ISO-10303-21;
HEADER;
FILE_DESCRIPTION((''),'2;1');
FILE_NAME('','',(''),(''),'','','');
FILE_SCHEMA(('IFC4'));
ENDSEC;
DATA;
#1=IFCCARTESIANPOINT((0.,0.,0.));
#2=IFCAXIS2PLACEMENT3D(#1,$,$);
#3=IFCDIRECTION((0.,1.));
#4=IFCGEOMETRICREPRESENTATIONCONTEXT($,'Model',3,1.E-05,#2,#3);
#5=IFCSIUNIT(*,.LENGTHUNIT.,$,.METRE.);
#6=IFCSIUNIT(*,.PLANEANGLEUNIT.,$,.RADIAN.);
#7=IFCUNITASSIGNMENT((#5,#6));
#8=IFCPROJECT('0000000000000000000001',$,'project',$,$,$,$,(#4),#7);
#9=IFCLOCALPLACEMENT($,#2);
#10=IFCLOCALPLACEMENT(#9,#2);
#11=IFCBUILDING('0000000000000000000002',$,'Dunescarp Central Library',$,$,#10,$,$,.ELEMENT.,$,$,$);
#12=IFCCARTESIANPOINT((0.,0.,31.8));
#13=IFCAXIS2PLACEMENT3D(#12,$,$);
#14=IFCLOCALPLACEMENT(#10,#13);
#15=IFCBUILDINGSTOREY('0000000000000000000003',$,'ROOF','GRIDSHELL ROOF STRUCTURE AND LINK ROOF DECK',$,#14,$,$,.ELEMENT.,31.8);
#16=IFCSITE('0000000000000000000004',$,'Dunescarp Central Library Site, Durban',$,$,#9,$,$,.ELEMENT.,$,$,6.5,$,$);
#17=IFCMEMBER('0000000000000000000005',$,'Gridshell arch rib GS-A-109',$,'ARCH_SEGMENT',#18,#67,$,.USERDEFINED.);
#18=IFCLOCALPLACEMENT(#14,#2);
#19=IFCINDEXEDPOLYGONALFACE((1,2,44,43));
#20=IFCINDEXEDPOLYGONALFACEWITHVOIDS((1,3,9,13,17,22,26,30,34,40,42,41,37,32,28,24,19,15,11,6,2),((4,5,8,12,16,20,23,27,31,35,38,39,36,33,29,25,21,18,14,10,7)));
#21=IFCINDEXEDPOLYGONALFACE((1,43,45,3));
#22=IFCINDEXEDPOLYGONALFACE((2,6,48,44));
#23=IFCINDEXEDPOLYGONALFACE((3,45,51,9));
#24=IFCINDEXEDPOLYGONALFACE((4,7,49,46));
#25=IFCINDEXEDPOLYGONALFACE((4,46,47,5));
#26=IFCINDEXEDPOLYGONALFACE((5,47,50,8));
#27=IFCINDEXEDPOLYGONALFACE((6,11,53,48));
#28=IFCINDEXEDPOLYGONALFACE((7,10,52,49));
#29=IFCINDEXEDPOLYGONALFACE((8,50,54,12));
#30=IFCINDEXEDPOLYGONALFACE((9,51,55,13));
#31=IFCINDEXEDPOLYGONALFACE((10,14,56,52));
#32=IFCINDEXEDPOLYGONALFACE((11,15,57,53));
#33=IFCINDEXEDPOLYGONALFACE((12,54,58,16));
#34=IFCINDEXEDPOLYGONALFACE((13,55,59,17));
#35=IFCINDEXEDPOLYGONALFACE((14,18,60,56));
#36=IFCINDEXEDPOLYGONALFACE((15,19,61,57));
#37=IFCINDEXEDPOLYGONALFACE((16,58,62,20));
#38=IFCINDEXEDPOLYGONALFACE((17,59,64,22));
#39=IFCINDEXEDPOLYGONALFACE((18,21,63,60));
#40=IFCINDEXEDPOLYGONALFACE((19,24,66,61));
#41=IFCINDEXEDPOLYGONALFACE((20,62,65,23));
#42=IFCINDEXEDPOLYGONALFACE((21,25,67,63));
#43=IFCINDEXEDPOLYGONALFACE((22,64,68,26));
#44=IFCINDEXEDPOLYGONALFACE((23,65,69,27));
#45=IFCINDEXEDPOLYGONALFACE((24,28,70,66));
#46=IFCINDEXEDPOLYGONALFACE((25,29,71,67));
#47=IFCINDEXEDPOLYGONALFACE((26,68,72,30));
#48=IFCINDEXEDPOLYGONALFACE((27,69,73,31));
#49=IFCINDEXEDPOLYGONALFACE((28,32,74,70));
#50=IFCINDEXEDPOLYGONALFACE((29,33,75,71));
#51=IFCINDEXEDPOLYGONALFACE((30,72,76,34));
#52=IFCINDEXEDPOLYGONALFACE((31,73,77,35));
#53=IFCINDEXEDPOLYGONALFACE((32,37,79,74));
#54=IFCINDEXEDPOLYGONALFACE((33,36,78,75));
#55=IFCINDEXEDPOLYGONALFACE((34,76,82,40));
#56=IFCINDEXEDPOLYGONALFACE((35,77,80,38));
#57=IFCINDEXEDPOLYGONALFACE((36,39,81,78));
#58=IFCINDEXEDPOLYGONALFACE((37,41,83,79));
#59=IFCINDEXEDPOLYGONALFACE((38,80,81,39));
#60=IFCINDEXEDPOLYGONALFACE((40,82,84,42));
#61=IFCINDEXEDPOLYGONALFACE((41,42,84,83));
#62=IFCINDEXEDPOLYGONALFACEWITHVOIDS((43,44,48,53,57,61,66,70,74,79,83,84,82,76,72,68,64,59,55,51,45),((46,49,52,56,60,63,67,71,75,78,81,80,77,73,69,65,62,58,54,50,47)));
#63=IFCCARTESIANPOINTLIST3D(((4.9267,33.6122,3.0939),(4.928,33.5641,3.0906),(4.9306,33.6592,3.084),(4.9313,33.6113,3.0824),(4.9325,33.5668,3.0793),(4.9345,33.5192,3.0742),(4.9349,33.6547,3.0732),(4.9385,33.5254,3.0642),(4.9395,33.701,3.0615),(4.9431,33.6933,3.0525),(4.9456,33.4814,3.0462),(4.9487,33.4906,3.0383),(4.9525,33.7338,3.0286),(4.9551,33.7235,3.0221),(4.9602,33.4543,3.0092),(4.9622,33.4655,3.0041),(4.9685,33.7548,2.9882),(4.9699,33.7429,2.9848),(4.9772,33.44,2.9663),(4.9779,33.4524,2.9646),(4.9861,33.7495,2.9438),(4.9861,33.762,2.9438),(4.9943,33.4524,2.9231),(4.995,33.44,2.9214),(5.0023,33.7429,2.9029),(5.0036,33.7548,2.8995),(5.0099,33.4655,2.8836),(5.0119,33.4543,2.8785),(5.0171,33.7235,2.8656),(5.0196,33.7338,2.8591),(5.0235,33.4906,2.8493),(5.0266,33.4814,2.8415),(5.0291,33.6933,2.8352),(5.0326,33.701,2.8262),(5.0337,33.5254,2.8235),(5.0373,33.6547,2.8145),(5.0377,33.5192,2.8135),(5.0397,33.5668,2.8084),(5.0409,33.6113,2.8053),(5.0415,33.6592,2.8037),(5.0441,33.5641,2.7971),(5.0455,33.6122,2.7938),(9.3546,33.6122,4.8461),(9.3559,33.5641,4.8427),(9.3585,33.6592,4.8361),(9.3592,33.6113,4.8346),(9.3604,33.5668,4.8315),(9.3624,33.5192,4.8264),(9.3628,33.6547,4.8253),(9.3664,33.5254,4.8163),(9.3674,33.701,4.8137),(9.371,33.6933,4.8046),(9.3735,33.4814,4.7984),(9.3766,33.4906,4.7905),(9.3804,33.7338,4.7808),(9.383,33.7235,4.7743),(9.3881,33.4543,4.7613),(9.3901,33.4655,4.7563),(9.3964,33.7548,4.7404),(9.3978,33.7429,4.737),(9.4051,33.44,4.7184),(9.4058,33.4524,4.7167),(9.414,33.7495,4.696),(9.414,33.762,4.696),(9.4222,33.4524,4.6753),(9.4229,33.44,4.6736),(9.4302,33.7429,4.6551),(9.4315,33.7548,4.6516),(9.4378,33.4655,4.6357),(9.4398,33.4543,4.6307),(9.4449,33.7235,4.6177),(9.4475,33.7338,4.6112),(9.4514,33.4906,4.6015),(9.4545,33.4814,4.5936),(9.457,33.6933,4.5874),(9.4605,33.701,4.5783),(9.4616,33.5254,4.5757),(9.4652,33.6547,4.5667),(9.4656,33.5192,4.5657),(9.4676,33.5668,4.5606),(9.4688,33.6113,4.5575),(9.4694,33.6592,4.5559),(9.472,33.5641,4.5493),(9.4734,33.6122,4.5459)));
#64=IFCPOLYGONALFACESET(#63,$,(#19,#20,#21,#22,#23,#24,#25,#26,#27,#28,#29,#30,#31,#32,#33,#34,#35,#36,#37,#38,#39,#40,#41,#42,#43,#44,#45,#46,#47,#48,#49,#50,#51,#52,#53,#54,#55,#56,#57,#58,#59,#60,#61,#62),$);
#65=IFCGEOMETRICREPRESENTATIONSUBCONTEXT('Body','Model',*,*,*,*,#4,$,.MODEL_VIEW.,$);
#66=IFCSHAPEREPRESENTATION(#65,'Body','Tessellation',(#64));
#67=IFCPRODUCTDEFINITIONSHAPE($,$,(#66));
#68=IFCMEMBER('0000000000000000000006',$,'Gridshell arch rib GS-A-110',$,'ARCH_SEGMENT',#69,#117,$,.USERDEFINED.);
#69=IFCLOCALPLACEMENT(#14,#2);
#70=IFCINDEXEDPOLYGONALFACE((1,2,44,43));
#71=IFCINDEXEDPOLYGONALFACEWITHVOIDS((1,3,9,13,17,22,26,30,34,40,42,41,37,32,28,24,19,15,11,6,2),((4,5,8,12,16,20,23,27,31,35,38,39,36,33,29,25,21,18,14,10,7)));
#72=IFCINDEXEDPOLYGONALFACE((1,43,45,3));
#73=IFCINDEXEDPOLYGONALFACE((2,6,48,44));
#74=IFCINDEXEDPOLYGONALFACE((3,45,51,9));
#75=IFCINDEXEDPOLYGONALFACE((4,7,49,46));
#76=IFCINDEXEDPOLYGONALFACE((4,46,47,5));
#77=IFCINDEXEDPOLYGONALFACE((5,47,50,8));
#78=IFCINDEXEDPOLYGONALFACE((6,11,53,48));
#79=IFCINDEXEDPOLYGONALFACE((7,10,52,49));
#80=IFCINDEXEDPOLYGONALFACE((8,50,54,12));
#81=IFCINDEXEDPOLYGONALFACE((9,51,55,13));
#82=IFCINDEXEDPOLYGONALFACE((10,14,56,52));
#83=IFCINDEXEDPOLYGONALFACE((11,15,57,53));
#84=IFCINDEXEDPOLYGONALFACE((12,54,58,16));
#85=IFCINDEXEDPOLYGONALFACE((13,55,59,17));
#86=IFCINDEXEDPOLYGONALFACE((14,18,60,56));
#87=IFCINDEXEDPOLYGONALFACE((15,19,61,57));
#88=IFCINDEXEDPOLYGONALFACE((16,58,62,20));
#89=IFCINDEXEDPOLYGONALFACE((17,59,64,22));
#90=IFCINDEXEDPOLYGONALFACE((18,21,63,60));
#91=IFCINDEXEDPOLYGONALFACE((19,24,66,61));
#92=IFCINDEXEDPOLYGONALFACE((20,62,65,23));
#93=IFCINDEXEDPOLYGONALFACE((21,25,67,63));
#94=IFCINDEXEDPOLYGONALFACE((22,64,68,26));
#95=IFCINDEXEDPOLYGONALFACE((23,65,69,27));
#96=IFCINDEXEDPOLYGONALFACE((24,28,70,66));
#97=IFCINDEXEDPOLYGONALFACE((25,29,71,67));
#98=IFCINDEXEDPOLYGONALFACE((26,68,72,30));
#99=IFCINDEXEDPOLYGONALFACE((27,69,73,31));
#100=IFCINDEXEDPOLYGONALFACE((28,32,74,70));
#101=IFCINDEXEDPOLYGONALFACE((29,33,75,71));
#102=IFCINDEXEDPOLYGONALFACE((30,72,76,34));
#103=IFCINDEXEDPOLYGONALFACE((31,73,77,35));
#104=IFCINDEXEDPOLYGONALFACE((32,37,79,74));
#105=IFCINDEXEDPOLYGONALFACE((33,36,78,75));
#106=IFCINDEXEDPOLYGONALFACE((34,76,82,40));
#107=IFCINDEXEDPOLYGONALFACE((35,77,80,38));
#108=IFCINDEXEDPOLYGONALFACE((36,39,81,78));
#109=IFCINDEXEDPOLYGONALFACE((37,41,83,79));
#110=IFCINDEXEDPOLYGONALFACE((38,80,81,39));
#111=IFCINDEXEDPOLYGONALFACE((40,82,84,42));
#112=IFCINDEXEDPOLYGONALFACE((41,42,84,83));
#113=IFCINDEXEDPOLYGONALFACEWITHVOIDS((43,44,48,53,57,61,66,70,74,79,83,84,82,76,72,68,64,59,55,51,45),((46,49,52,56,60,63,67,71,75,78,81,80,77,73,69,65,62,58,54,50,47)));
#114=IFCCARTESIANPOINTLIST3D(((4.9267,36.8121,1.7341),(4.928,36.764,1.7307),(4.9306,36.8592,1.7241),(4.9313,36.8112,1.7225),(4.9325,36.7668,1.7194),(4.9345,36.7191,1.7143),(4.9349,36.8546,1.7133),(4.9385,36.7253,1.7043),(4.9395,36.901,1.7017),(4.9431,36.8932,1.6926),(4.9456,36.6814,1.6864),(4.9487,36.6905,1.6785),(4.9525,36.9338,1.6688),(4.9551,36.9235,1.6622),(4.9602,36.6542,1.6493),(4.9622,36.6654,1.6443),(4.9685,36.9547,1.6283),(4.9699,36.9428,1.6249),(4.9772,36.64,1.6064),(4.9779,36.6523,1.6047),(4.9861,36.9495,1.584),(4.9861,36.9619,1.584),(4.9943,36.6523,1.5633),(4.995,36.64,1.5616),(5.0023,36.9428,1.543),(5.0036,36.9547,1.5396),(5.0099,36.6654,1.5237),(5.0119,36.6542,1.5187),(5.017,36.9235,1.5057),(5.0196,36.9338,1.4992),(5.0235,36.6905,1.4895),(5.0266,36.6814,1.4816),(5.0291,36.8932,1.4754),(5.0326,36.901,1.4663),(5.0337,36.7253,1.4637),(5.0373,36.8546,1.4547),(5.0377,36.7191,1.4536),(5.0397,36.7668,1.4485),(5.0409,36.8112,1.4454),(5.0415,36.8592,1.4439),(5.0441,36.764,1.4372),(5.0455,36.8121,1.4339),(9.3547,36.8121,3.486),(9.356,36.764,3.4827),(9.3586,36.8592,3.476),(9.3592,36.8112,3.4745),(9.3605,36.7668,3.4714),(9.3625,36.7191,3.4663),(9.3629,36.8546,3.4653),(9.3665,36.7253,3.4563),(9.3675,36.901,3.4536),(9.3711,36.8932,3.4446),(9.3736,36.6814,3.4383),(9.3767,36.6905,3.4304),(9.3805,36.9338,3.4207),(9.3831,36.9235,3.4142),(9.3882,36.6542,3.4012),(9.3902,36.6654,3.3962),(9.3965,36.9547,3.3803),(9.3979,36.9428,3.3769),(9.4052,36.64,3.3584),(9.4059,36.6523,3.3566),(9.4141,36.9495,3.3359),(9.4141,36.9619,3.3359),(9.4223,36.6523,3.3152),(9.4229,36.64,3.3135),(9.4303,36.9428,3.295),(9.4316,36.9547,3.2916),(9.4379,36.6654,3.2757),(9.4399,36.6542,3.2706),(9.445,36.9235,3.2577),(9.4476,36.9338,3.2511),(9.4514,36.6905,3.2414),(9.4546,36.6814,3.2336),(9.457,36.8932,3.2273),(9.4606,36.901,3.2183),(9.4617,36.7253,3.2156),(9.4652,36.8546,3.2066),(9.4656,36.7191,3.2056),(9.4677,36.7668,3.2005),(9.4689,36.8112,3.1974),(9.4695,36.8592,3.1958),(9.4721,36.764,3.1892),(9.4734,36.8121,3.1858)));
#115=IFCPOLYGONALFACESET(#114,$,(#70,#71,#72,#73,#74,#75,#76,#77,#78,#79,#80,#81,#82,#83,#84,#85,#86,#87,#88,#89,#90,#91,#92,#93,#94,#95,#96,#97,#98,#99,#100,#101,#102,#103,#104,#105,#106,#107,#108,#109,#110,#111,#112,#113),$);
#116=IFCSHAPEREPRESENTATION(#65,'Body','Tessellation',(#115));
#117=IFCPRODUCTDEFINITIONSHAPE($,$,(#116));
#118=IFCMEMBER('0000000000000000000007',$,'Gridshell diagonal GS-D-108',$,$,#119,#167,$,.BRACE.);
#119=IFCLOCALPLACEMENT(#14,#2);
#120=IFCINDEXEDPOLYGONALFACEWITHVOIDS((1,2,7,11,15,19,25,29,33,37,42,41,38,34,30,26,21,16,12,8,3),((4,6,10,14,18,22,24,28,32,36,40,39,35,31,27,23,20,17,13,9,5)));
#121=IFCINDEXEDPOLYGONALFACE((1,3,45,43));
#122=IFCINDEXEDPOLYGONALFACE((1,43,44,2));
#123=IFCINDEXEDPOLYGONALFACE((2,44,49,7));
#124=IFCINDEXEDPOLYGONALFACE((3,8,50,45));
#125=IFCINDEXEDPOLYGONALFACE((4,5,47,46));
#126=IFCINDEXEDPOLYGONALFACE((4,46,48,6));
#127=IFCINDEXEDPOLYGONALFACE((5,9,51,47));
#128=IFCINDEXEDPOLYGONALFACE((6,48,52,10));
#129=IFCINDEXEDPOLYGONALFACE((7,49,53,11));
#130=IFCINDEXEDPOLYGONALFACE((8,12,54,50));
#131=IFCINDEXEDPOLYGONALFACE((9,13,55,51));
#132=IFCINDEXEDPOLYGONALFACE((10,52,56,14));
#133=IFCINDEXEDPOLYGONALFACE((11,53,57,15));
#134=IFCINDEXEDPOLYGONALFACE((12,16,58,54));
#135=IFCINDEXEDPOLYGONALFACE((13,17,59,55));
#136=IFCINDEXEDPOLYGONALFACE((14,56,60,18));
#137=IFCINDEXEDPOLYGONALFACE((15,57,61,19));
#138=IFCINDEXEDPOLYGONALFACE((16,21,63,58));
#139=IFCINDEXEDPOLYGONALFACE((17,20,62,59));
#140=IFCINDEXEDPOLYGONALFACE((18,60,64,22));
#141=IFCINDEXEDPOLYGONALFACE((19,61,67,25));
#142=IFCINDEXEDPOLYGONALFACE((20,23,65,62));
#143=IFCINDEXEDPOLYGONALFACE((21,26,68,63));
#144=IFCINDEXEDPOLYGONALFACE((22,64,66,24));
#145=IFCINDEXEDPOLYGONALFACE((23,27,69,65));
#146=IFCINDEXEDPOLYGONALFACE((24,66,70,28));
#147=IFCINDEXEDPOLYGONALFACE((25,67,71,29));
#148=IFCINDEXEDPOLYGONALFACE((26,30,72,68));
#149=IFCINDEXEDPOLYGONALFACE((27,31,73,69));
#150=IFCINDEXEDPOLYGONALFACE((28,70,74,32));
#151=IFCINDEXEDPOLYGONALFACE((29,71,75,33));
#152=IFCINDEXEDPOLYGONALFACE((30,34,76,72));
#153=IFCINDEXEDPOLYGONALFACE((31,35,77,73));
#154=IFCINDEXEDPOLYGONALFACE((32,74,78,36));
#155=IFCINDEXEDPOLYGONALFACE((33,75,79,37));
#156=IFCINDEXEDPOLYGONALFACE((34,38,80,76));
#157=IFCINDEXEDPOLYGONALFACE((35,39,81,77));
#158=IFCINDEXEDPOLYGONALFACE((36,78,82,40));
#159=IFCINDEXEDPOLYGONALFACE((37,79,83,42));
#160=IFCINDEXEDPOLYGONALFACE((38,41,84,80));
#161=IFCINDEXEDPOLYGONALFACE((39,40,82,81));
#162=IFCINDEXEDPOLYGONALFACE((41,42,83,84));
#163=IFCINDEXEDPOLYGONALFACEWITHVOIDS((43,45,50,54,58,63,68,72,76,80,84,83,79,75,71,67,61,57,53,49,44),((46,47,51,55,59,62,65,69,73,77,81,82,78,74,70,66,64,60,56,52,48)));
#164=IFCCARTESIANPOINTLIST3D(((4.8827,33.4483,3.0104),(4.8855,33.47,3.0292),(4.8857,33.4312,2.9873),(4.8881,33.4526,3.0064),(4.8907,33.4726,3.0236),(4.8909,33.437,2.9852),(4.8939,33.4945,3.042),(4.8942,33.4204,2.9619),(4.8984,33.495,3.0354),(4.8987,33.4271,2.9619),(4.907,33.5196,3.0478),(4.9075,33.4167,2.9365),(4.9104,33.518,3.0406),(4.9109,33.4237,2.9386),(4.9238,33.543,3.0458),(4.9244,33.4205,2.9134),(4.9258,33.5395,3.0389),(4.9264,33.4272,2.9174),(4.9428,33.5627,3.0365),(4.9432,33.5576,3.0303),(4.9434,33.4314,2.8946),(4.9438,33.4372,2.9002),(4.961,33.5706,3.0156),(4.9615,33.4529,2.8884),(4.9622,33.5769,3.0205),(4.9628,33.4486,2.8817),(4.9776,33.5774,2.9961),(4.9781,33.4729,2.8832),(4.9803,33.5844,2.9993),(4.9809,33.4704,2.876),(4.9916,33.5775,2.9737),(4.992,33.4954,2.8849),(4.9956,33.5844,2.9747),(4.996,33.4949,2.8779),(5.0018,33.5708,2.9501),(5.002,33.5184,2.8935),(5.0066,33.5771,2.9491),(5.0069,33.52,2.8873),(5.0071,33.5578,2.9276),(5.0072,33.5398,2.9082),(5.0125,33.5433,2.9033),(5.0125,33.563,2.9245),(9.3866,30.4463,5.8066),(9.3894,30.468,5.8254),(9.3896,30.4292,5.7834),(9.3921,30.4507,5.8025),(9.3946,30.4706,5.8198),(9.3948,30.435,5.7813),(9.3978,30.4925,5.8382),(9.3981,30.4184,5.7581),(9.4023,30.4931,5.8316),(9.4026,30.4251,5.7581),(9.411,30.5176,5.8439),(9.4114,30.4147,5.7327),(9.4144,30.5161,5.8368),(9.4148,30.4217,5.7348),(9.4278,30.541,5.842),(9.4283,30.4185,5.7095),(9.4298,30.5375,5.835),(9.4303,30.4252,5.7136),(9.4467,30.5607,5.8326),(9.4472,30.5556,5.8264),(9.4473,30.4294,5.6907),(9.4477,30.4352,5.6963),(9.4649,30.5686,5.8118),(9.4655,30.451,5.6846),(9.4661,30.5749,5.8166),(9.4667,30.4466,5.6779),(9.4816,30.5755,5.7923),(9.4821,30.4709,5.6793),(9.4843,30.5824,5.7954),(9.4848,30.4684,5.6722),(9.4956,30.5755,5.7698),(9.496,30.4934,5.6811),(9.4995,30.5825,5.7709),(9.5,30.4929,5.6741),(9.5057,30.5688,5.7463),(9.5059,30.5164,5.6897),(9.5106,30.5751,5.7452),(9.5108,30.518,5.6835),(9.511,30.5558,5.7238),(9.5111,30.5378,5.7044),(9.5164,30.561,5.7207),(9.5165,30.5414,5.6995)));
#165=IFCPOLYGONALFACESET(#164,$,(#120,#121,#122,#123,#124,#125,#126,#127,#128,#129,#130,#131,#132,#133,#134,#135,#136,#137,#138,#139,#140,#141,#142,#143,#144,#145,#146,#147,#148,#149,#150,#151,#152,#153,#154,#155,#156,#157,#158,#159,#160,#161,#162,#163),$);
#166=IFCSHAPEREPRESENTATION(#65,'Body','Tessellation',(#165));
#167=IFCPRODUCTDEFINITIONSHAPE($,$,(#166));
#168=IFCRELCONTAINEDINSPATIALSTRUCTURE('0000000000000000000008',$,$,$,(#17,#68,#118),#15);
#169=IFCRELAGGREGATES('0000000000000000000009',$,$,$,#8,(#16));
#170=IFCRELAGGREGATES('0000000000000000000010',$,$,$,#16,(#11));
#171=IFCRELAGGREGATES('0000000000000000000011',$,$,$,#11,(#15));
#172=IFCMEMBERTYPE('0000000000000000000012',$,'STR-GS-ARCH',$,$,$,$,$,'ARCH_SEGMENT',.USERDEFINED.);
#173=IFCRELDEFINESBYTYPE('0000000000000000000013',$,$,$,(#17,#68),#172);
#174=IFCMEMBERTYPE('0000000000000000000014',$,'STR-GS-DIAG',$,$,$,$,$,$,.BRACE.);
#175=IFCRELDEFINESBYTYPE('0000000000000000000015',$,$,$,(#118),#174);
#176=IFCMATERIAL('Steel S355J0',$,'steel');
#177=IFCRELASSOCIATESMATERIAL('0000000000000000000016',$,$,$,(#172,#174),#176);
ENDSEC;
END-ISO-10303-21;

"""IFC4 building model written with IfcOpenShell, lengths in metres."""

from ifc_helpers import new_model, si_unit, direction, frame, origin, origin_2d, place, context, subcontext, project, spatial, hollow_circle, extrude, material, material_profile, profile_set, type_object, element, save


model = new_model("IFC4")

# Units and contexts
model_context = context("Model", 3, precision=1e-05, world=origin(), true_north=direction((0.0, 1.0)))
body_context = subcontext(model_context, "Body", "Model", "MODEL_VIEW")
ifc_project = project(units=[si_unit("LENGTHUNIT", "METRE"), si_unit("PLANEANGLEUNIT", "RADIAN")], contexts=[model_context])

# Site, building, storey
site_placement = place(None, origin())
site = spatial("IfcSite", under=ifc_project, at=site_placement, Name="Dunescarp Central Library Site, Durban", CompositionType="ELEMENT", RefElevation=6.5)
building_placement = place(site_placement, origin())
building = spatial("IfcBuilding", under=site, at=building_placement, Name="Dunescarp Central Library", CompositionType="ELEMENT")
storey_placement = place(building_placement, frame((0.0, 0.0, 31.8)))
storey = spatial("IfcBuildingStorey", under=building, at=storey_placement, Name="ROOF", Description="GRIDSHELL ROOF STRUCTURE AND LINK ROOF DECK", CompositionType="ELEMENT", Elevation=31.8)

# Members
ifc_material_1 = material(Name="Steel S355J0", Category="steel")
ifc_material_profile_1 = material_profile(ifc_material_1, hollow_circle(Radius=0.1619, WallThickness=0.0125, at=origin_2d()), Name="CHS 323.9x12.5")
ifc_profile_set_1 = profile_set([ifc_material_profile_1], Name="Steel S355J0")
member_type_1 = type_object("IfcMemberType", Name="STR-GS-ARCH", ElementType="ARCH_SEGMENT", PredefinedType="USERDEFINED", material=ifc_profile_set_1)
for number, where, z_axis, x_axis, name in (
    (1, (4.9861, 33.6001, 2.9438), (0.929846, 0.0, 0.36795), (0.0, 1.0, 0.0), "Gridshell arch rib GS-A-109"),
    (2, (4.9861, 36.8, 1.584), (0.929863, 0.0, 0.367905), (0.0, 1.0, 0.0), "Gridshell arch rib GS-A-110"),
):
    element("IfcMember", number, at=place(storey_placement, frame(where, z_axis=z_axis, x_axis=x_axis)), inside=storey, type_object=member_type_1, Name=name, ObjectType="ARCH_SEGMENT", PredefinedType="USERDEFINED", context=body_context, shape_type="SweptSolid", body=[
        extrude(hollow_circle(Radius=0.1619, WallThickness=0.0125, at=origin_2d()), origin(), (0.0, 0.0, 1.0), 4.762),
    ])
ifc_material_profile_2 = material_profile(ifc_material_1, hollow_circle(Radius=0.0969, WallThickness=0.0081, at=origin_2d()), Name="CHS 193.7x8")
ifc_profile_set_2 = profile_set([ifc_material_profile_2], Name="Steel S355J0")
member_type_2 = type_object("IfcMemberType", Name="STR-GS-DIAG", PredefinedType="BRACE", material=ifc_profile_set_2)
member_1_placement = place(storey_placement, frame((9.4519, 30.499, 5.7581), z_axis=(-0.739287, 0.492751, -0.458968), x_axis=(-0.554617, -0.832106, 0.0)))
element("IfcMember", 3, at=member_1_placement, inside=storey, type_object=member_type_2, Name="Gridshell diagonal GS-D-108", PredefinedType="BRACE", context=body_context, shape_type="SweptSolid", body=[
    extrude(hollow_circle(Radius=0.0969, WallThickness=0.0081, at=origin_2d()), origin(), (0.0, 0.0, 1.0), 6.0923),
])

save(model, "model.ifc")
